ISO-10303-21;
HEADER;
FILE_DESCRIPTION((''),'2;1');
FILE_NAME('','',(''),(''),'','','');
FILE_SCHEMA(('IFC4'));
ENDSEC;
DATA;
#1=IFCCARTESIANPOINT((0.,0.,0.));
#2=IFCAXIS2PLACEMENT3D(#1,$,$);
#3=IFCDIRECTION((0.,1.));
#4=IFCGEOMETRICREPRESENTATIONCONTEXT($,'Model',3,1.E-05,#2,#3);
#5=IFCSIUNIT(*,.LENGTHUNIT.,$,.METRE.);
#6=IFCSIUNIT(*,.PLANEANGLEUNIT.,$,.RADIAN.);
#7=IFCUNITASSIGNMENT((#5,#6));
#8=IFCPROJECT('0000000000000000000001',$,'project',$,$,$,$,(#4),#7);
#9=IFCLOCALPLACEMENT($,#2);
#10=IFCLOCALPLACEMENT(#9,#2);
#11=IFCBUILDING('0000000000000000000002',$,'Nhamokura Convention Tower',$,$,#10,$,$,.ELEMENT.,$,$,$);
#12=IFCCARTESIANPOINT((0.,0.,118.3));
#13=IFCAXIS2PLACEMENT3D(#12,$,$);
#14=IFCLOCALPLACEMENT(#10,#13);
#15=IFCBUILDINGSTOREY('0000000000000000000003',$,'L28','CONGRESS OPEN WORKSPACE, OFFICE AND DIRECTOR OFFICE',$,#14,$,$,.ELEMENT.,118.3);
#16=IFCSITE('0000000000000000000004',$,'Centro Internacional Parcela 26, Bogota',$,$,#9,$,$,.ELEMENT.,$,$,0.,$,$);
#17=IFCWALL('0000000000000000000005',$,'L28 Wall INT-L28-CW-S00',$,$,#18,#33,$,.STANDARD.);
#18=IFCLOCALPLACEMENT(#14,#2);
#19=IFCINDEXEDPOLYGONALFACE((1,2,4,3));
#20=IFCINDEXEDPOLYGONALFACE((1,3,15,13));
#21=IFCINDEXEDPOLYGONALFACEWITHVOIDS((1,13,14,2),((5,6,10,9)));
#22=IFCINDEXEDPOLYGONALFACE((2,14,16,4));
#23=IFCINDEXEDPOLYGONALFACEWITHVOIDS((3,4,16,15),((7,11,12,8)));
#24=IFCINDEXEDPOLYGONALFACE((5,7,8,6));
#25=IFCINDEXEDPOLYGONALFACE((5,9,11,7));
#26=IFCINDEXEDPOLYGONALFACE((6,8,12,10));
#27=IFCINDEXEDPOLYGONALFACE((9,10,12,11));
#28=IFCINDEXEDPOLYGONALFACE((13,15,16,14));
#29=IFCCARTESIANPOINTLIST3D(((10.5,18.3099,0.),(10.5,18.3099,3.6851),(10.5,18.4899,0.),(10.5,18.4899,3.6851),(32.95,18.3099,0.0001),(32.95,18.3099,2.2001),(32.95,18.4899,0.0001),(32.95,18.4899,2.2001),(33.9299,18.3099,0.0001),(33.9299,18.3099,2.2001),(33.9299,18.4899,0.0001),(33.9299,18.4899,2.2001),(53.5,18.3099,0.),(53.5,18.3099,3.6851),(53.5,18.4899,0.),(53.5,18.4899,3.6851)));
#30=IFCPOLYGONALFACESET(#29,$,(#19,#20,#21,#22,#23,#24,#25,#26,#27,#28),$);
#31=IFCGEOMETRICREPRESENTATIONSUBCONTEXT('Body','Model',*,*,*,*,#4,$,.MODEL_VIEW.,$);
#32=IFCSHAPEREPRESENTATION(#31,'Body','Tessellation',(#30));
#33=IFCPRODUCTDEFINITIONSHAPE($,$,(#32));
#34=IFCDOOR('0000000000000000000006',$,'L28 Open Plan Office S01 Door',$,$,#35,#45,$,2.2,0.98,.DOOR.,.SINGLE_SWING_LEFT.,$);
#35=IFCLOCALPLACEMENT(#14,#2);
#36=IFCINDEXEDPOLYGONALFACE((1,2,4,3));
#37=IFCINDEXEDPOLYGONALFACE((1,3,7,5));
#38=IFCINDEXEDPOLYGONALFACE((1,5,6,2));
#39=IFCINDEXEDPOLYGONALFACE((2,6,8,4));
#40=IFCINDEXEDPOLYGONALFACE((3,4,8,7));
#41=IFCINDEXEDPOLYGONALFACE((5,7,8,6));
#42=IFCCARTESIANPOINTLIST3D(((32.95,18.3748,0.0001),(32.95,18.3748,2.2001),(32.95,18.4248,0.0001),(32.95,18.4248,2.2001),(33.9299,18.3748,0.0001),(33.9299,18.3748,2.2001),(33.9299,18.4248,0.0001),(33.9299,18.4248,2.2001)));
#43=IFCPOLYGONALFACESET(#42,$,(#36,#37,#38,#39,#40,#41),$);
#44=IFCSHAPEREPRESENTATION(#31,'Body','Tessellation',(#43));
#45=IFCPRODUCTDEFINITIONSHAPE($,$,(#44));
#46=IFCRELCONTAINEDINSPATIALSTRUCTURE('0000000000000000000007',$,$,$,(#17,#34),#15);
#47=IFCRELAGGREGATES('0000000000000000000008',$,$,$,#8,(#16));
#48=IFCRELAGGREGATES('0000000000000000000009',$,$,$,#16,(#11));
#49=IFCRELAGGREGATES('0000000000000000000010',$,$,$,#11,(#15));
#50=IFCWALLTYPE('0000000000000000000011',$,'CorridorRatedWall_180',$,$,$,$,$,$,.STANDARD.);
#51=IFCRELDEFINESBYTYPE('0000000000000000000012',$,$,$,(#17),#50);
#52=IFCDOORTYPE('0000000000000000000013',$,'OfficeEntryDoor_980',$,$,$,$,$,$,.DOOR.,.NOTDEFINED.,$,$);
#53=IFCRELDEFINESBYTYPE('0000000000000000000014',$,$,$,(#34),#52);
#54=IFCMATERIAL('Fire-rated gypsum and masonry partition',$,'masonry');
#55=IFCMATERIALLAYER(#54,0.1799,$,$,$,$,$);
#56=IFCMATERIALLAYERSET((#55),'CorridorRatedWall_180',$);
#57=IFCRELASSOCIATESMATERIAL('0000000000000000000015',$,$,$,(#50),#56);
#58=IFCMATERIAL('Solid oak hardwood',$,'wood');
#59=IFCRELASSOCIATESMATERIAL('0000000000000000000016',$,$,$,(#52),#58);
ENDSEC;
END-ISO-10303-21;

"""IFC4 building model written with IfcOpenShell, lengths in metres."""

from ifc_helpers import new_model, si_unit, direction, frame, frame_2d, origin, place, context, subcontext, project, spatial, rectangle, extrude, material, layer, layer_set, type_object, element, fill, save


model = new_model("IFC4")

# Units and contexts
model_context = context("Model", 3, precision=1e-05, world=origin(), true_north=direction((0.0, 1.0)))
body_context = subcontext(model_context, "Body", "Model", "MODEL_VIEW")
ifc_project = project(units=[si_unit("LENGTHUNIT", "METRE"), si_unit("PLANEANGLEUNIT", "RADIAN")], contexts=[model_context])

# Site, building, storey
site_placement = place(None, origin())
site = spatial("IfcSite", under=ifc_project, at=site_placement, Name="Centro Internacional Parcela 26, Bogota", CompositionType="ELEMENT", RefElevation=0.0)
building_placement = place(site_placement, origin())
building = spatial("IfcBuilding", under=site, at=building_placement, Name="Nhamokura Convention Tower", CompositionType="ELEMENT")
storey_placement = place(building_placement, frame((0.0, 0.0, 118.3)))
storey = spatial("IfcBuildingStorey", under=building, at=storey_placement, Name="L28", Description="CONGRESS OPEN WORKSPACE, OFFICE AND DIRECTOR OFFICE", CompositionType="ELEMENT", Elevation=118.3)

# Wall, opening, door
ifc_material_1 = material(Name="Fire-rated gypsum and masonry partition", Category="masonry")
ifc_layer_1 = layer(ifc_material_1, 0.1799)
ifc_layer_set_1 = layer_set([ifc_layer_1], Name="CorridorRatedWall_180")
wall_type_1 = type_object("IfcWallType", Name="CorridorRatedWall_180", PredefinedType="STANDARD", material=ifc_layer_set_1)
wall_1_placement = place(storey_placement, frame((10.5, 18.3999, 0.0), z_axis=(0.0, 0.0, 1.0), x_axis=(1.0, 0.0, 0.0)))
wall_1 = element("IfcWall", 1, at=wall_1_placement, inside=storey, type_object=wall_type_1, Name="L28 Wall INT-L28-CW-S00", PredefinedType="STANDARD", context=body_context, shape_type="SweptSolid", body=[
    extrude(rectangle(XDim=43.0, YDim=0.1799, at=frame_2d((21.5, 0.0))), origin(), (0.0, 0.0, 1.0), 3.6851),
])
opening_1_placement = place(wall_1_placement, frame((22.45, 0.0, 0.0)))
opening_1 = element("IfcOpeningElement", 2, at=opening_1_placement, cuts=wall_1, PredefinedType="OPENING", context=body_context, shape_type="SweptSolid", body=[
    extrude(rectangle(XDim=0.98, YDim=2.2, at=frame_2d((0.49, 1.1001))), frame((0.0, 0.0999, 0.0), z_axis=(0.0, -1.0, 0.0), x_axis=(1.0, 0.0, 0.0)), (0.0, 0.0, 1.0), 0.2),
])
ifc_material_2 = material(Name="Solid oak hardwood", Category="wood")
door_type = type_object("IfcDoorType", Name="OfficeEntryDoor_980", OperationType="NOTDEFINED", PredefinedType="DOOR", material=ifc_material_2)
door_placement = place(opening_1_placement, origin())
door = element("IfcDoor", 3, at=door_placement, inside=storey, type_object=door_type, Name="L28 Open Plan Office S01 Door", OperationType="SINGLE_SWING_LEFT", OverallHeight=2.2, OverallWidth=0.98, PredefinedType="DOOR", context=body_context, shape_type="SweptSolid", body=[
    extrude(rectangle(XDim=0.98, YDim=2.2, at=frame_2d((0.49, 1.1001))), frame((0.0, 0.0249, 0.0), z_axis=(0.0, -1.0, 0.0), x_axis=(1.0, 0.0, 0.0)), (0.0, 0.0, 1.0), 0.05),
])
fill(opening_1, door)

save(model, "model.ifc")
